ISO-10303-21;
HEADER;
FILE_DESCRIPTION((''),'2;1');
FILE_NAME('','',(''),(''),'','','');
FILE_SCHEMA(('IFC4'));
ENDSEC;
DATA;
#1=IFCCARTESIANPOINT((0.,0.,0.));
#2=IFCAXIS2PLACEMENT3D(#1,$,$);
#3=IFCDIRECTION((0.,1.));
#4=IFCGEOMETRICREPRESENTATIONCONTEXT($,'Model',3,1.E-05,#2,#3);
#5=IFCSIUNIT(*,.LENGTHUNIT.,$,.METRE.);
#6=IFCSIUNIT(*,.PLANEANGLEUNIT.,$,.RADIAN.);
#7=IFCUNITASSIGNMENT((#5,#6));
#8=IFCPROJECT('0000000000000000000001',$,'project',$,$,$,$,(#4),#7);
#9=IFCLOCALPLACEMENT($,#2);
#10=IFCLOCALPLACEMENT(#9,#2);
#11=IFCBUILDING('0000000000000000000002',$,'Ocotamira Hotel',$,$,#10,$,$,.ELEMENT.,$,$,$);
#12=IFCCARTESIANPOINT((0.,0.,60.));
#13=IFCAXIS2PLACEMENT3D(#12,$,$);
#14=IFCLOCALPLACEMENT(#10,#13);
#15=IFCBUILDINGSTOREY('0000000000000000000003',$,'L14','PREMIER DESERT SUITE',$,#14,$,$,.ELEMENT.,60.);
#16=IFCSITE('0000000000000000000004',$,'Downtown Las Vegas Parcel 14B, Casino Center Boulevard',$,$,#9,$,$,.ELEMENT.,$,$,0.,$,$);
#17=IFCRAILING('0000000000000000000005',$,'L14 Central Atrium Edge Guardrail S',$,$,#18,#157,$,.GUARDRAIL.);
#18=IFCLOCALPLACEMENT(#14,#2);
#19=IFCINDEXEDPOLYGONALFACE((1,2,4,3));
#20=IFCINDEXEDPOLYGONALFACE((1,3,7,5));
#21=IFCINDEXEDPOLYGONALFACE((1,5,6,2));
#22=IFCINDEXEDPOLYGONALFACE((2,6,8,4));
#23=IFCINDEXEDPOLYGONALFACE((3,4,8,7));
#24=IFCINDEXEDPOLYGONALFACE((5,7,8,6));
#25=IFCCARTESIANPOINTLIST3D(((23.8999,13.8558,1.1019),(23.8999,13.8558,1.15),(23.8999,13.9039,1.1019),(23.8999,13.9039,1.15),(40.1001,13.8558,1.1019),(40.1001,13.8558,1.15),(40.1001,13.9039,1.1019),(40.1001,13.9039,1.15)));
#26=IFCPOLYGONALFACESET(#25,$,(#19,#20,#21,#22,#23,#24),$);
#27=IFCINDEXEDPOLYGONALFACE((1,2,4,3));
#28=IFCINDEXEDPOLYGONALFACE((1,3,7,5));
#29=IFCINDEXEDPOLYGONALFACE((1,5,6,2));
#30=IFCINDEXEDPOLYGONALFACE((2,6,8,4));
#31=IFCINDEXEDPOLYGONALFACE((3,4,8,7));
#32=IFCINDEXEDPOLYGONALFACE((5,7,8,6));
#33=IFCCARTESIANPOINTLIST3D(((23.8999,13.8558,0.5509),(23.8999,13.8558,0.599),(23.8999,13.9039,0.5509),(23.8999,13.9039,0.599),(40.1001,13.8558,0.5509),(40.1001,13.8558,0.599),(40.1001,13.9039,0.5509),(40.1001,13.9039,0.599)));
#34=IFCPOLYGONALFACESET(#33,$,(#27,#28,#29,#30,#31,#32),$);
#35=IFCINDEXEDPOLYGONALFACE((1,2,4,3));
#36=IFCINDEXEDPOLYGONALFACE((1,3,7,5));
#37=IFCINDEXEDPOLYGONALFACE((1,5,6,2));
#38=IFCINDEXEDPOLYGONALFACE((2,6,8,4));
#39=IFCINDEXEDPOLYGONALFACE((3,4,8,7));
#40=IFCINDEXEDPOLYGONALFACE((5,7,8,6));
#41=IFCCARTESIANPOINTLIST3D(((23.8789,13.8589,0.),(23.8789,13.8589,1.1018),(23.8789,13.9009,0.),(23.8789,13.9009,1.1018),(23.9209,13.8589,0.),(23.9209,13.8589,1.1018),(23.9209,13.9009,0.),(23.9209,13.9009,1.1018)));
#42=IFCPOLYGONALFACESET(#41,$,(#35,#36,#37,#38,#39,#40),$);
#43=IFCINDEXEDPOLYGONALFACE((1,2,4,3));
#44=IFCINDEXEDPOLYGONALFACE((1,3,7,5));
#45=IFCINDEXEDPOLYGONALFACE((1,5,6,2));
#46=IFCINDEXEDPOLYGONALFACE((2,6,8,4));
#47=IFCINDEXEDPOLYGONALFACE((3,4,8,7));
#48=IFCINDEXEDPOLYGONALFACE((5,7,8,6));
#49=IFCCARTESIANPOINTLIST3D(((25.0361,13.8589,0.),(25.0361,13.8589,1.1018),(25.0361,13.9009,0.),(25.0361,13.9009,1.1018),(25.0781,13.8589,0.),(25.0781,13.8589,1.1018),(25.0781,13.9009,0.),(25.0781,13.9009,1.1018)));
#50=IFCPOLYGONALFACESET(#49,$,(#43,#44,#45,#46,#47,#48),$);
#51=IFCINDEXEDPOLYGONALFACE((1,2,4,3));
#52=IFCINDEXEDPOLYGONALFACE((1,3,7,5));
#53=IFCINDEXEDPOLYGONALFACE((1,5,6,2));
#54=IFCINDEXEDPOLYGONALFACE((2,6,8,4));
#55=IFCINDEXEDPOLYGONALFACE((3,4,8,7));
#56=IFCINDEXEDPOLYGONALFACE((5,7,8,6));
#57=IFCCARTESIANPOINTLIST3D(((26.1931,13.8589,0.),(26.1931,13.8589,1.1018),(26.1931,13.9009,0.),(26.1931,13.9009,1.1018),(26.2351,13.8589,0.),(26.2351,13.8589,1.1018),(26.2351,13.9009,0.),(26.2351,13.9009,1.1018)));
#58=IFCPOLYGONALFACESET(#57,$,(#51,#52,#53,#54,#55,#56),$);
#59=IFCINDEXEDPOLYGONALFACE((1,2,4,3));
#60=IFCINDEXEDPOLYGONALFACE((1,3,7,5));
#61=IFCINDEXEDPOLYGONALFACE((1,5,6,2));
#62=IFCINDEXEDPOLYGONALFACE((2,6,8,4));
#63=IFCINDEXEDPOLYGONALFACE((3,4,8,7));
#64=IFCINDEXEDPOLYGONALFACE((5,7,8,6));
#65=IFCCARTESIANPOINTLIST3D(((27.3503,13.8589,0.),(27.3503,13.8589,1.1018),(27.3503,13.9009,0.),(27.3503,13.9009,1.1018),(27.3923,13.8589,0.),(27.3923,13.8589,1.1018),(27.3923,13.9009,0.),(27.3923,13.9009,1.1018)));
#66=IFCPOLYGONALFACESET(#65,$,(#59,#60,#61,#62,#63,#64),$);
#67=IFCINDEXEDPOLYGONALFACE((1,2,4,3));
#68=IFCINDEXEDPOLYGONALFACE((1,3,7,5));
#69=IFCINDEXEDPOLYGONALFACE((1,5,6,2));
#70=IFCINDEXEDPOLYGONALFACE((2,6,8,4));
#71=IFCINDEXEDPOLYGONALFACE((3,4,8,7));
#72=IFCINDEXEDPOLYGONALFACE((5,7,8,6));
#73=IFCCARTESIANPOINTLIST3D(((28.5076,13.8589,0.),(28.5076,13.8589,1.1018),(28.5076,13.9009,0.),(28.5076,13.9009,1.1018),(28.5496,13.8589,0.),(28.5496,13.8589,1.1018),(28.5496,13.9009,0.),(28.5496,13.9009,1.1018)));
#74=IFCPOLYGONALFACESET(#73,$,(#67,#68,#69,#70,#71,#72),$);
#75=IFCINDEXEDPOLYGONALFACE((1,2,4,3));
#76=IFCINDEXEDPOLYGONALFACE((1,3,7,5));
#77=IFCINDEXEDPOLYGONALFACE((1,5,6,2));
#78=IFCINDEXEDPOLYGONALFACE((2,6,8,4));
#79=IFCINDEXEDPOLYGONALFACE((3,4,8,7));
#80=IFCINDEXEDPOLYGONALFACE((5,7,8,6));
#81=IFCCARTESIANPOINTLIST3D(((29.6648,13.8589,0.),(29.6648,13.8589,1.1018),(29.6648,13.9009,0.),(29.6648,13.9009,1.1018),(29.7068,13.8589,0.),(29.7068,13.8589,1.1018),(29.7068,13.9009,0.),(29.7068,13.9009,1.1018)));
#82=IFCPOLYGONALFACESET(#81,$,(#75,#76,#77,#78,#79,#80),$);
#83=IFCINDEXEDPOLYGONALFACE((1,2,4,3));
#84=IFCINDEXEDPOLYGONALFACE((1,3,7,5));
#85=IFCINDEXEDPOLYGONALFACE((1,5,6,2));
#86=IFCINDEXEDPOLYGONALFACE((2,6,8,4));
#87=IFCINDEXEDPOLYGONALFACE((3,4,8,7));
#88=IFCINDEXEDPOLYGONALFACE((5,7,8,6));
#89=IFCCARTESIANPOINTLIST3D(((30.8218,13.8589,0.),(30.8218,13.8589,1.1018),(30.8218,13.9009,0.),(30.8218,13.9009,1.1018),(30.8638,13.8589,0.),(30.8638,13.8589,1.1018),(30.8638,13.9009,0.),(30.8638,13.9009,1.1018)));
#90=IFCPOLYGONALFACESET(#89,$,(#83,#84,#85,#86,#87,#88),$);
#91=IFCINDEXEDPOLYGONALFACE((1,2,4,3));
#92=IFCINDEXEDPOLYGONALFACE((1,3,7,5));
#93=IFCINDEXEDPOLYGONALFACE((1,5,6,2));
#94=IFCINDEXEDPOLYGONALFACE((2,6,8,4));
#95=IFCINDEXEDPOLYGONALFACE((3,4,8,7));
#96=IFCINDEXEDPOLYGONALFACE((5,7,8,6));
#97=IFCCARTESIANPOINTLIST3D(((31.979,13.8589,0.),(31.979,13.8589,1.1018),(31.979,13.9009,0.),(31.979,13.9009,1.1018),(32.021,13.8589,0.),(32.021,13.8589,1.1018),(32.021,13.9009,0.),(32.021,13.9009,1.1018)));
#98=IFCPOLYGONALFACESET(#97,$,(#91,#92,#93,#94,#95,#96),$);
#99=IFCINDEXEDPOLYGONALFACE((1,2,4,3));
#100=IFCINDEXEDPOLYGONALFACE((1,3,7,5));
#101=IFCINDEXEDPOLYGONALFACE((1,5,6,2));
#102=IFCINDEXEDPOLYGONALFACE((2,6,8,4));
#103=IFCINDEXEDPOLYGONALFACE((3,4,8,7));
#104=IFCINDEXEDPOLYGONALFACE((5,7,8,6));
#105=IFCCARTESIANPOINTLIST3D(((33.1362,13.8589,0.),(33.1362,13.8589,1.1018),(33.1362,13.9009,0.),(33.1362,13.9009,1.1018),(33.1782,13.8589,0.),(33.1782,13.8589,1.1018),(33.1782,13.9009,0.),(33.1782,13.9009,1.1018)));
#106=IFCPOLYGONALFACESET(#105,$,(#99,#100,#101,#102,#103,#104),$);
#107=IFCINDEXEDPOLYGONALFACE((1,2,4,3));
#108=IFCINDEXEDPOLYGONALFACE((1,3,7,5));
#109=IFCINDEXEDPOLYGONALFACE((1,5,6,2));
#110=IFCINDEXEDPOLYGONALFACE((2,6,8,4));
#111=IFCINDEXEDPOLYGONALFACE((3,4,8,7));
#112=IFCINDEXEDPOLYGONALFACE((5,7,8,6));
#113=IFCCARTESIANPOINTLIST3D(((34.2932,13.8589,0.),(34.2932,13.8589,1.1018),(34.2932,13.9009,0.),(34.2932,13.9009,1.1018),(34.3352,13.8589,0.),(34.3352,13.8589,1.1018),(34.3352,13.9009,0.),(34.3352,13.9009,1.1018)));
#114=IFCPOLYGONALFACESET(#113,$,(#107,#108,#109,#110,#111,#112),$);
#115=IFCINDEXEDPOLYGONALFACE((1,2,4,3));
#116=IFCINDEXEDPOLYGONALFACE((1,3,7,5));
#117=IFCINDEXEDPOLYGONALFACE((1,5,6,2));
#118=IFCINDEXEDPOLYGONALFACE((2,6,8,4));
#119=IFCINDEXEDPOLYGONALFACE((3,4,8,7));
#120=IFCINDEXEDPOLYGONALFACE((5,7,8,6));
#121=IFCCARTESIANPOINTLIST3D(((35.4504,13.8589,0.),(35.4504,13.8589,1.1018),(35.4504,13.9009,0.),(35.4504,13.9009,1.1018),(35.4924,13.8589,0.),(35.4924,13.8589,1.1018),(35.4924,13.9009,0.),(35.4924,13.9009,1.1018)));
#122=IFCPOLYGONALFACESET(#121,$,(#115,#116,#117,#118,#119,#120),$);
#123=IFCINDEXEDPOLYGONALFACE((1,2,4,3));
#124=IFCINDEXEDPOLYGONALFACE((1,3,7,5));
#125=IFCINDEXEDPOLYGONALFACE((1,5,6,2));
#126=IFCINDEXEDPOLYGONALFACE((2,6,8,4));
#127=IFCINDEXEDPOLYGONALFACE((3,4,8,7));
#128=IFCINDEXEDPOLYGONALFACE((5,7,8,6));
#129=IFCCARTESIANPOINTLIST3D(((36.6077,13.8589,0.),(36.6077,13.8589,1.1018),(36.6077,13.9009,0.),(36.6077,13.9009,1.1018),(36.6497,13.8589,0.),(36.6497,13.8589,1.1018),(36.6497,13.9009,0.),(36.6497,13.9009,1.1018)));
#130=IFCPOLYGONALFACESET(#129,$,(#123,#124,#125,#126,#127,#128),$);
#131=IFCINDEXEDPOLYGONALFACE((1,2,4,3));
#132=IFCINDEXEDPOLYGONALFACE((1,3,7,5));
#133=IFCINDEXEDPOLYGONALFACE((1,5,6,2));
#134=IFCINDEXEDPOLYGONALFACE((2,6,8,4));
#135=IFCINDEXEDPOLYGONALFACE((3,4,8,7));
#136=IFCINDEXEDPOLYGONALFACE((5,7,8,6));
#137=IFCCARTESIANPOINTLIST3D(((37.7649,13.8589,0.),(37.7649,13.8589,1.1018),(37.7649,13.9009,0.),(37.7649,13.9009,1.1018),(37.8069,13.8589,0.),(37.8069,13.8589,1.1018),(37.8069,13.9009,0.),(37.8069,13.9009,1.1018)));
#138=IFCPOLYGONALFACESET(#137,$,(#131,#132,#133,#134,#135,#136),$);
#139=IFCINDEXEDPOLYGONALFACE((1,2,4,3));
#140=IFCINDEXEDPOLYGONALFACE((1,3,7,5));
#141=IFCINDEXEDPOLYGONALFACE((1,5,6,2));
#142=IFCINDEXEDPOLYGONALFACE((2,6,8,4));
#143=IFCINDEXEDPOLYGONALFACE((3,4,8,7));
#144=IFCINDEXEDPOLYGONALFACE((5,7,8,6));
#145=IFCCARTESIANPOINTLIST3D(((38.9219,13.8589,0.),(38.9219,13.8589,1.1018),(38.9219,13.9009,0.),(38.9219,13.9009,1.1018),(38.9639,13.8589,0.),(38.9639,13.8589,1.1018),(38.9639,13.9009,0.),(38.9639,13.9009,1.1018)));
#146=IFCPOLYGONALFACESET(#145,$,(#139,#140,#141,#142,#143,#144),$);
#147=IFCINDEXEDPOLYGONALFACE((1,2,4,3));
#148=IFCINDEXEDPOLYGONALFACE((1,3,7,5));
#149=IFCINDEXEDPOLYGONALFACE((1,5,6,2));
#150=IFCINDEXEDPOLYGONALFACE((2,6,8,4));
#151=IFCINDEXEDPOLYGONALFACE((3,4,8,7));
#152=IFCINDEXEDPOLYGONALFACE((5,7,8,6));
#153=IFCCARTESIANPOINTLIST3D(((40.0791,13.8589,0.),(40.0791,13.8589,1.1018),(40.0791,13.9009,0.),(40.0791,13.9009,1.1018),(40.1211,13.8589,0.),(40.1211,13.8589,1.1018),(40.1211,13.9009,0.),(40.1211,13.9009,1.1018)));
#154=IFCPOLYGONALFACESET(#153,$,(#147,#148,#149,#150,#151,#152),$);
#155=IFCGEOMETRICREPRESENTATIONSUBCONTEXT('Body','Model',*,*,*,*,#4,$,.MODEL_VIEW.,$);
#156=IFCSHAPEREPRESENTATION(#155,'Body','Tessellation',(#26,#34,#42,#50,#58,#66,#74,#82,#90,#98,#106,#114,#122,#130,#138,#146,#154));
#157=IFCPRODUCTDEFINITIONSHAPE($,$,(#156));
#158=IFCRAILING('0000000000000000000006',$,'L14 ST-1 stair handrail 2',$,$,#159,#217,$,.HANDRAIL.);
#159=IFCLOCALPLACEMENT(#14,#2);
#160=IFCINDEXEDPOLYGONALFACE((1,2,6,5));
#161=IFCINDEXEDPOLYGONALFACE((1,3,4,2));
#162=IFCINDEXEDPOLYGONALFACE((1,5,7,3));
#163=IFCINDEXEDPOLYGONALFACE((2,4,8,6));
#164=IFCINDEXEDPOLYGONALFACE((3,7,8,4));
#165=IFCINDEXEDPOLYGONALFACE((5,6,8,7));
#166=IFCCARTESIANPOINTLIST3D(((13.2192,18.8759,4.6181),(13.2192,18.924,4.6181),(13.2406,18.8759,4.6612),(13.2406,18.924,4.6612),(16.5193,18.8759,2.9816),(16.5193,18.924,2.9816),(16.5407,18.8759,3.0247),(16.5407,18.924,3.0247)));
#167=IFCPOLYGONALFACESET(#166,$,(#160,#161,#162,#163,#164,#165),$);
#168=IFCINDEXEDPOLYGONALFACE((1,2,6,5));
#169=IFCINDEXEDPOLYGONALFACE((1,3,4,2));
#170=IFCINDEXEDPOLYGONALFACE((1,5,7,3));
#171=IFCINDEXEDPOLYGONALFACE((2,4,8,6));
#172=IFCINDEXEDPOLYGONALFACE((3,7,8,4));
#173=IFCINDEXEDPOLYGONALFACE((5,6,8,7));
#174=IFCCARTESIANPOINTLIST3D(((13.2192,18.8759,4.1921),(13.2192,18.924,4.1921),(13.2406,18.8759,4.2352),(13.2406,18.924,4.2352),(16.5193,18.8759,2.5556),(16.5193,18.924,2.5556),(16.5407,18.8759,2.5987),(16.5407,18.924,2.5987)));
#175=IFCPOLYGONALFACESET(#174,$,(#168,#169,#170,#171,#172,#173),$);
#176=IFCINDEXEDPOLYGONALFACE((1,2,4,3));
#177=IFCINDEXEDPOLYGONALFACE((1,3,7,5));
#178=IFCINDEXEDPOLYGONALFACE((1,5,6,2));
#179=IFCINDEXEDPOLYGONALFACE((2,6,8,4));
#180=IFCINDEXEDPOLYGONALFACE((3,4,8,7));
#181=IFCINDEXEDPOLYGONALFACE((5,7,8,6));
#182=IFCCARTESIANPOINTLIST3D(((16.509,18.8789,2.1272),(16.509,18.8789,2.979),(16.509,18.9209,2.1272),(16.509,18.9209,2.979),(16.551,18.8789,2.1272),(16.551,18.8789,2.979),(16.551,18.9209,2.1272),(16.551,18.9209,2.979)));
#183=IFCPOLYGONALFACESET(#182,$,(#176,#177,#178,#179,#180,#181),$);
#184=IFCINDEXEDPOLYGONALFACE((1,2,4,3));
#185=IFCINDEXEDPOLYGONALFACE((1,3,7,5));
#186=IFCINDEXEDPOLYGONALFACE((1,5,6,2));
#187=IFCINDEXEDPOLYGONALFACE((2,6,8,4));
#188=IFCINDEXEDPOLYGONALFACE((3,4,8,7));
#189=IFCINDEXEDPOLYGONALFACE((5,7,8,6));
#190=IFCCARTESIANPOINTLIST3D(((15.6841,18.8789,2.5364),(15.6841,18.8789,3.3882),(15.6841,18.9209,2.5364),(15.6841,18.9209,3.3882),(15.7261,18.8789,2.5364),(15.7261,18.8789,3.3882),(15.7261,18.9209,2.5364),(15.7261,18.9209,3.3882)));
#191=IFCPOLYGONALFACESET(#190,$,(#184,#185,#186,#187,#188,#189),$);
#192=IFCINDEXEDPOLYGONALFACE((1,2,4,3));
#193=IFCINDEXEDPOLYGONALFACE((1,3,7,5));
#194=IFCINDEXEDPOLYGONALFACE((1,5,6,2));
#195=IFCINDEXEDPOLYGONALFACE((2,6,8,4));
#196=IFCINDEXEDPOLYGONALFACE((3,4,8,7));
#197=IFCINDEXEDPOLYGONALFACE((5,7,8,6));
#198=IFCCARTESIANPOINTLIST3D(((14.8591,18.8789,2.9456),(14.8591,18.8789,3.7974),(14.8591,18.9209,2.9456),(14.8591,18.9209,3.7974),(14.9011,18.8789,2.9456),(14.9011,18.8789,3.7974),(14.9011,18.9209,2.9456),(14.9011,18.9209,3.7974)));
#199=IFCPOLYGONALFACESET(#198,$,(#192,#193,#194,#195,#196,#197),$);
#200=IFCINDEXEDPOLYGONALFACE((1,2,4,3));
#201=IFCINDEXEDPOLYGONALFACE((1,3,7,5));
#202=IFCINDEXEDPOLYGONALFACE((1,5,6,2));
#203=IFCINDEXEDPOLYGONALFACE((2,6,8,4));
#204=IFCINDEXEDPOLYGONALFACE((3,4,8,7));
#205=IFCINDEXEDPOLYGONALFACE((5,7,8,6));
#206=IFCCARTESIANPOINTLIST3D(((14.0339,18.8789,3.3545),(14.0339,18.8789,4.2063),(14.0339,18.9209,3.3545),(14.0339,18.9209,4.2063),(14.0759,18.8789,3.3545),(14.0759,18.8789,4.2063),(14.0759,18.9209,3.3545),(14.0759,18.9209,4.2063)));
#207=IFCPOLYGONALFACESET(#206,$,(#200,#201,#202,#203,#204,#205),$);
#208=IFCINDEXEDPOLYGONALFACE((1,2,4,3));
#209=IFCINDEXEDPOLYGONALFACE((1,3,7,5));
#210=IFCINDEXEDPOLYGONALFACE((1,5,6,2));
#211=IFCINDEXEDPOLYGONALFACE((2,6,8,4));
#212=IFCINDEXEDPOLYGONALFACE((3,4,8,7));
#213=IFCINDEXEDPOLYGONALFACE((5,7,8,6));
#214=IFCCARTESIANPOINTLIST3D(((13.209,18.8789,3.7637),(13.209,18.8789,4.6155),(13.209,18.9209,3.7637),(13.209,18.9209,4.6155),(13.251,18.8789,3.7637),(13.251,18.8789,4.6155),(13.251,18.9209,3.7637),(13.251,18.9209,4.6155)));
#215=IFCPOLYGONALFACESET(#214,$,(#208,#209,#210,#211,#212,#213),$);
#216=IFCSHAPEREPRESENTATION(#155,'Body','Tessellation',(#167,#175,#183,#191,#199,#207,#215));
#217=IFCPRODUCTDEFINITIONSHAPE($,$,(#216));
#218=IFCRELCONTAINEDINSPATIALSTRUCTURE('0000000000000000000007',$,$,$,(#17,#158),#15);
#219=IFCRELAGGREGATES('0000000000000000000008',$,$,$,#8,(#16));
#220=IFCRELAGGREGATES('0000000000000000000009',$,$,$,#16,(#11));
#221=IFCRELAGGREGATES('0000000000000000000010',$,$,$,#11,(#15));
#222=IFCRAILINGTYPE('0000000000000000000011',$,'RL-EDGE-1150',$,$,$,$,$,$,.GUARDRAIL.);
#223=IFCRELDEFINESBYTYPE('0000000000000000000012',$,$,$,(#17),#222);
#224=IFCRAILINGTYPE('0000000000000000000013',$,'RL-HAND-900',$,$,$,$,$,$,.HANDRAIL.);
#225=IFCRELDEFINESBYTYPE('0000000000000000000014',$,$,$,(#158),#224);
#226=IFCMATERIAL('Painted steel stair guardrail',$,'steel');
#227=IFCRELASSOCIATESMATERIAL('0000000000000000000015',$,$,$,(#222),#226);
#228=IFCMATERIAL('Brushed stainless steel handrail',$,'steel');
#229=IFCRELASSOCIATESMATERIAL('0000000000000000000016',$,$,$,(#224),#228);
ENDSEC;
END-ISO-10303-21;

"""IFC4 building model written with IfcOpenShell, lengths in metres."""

from ifc_helpers import new_model, si_unit, direction, frame, origin, origin_2d, place, context, subcontext, project, spatial, rectangle, extrude, material, type_object, element, save


model = new_model("IFC4")

# Units and contexts
model_context = context("Model", 3, precision=1e-05, world=origin(), true_north=direction((0.0, 1.0)))
body_context = subcontext(model_context, "Body", "Model", "MODEL_VIEW")
ifc_project = project(units=[si_unit("LENGTHUNIT", "METRE"), si_unit("PLANEANGLEUNIT", "RADIAN")], contexts=[model_context])

# Site, building, storey
site_placement = place(None, origin())
site = spatial("IfcSite", under=ifc_project, at=site_placement, Name="Downtown Las Vegas Parcel 14B, Casino Center Boulevard", CompositionType="ELEMENT", RefElevation=0.0)
building_placement = place(site_placement, origin())
building = spatial("IfcBuilding", under=site, at=building_placement, Name="Ocotamira Hotel", CompositionType="ELEMENT")
storey_placement = place(building_placement, frame((0.0, 0.0, 60.0)))
storey = spatial("IfcBuildingStorey", under=building, at=storey_placement, Name="L14", Description="PREMIER DESERT SUITE", CompositionType="ELEMENT", Elevation=60.0)

# Railings
ifc_material_1 = material(Name="Painted steel stair guardrail", Category="steel")
railing_type_1 = type_object("IfcRailingType", Name="RL-EDGE-1150", PredefinedType="GUARDRAIL", material=ifc_material_1)
railing_1_placement = place(storey_placement, frame((23.8999, 13.8799, 0.0)))
element("IfcRailing", 1, at=railing_1_placement, inside=storey, type_object=railing_type_1, Name="L14 Central Atrium Edge Guardrail S", PredefinedType="GUARDRAIL", context=body_context, shape_type="SweptSolid", body=[
    extrude(rectangle(XDim=0.0481, YDim=0.0481, at=origin_2d()), frame((0.0, 0.0, 1.126), z_axis=(1.0, 0.0, 0.0), x_axis=(0.0, 1.0, 0.0)), (0.0, 0.0, 1.0), 16.2002),
    extrude(rectangle(XDim=0.0481, YDim=0.0481, at=origin_2d()), frame((0.0, 0.0, 0.575), z_axis=(1.0, 0.0, 0.0), x_axis=(0.0, 1.0, 0.0)), (0.0, 0.0, 1.0), 16.2002),
    extrude(rectangle(XDim=0.042, YDim=0.042, at=origin_2d()), origin(), (0.0, 0.0, 1.0), 1.1018),
    extrude(rectangle(XDim=0.042, YDim=0.042, at=origin_2d()), frame((1.1572, 0.0, 0.0)), (0.0, 0.0, 1.0), 1.1018),
    extrude(rectangle(XDim=0.042, YDim=0.042, at=origin_2d()), frame((2.3142, 0.0, 0.0)), (0.0, 0.0, 1.0), 1.1018),
    extrude(rectangle(XDim=0.042, YDim=0.042, at=origin_2d()), frame((3.4714, 0.0, 0.0)), (0.0, 0.0, 1.0), 1.1018),
    extrude(rectangle(XDim=0.042, YDim=0.042, at=origin_2d()), frame((4.6287, 0.0, 0.0)), (0.0, 0.0, 1.0), 1.1018),
    extrude(rectangle(XDim=0.042, YDim=0.042, at=origin_2d()), frame((5.7859, 0.0, 0.0)), (0.0, 0.0, 1.0), 1.1018),
    extrude(rectangle(XDim=0.042, YDim=0.042, at=origin_2d()), frame((6.9429, 0.0, 0.0)), (0.0, 0.0, 1.0), 1.1018),
    extrude(rectangle(XDim=0.042, YDim=0.042, at=origin_2d()), frame((8.1001, 0.0, 0.0)), (0.0, 0.0, 1.0), 1.1018),
    extrude(rectangle(XDim=0.042, YDim=0.042, at=origin_2d()), frame((9.2573, 0.0, 0.0)), (0.0, 0.0, 1.0), 1.1018),
    extrude(rectangle(XDim=0.042, YDim=0.042, at=origin_2d()), frame((10.4143, 0.0, 0.0)), (0.0, 0.0, 1.0), 1.1018),
    extrude(rectangle(XDim=0.042, YDim=0.042, at=origin_2d()), frame((11.5715, 0.0, 0.0)), (0.0, 0.0, 1.0), 1.1018),
    extrude(rectangle(XDim=0.042, YDim=0.042, at=origin_2d()), frame((12.7288, 0.0, 0.0)), (0.0, 0.0, 1.0), 1.1018),
    extrude(rectangle(XDim=0.042, YDim=0.042, at=origin_2d()), frame((13.886, 0.0, 0.0)), (0.0, 0.0, 1.0), 1.1018),
    extrude(rectangle(XDim=0.042, YDim=0.042, at=origin_2d()), frame((15.043, 0.0, 0.0)), (0.0, 0.0, 1.0), 1.1018),
    extrude(rectangle(XDim=0.042, YDim=0.042, at=origin_2d()), frame((16.2002, 0.0, 0.0)), (0.0, 0.0, 1.0), 1.1018),
])
ifc_material_2 = material(Name="Brushed stainless steel handrail", Category="steel")
railing_type_2 = type_object("IfcRailingType", Name="RL-HAND-900", PredefinedType="HANDRAIL", material=ifc_material_2)
railing_2_placement = place(storey_placement, frame((16.53, 18.8999, 2.1272)))
element("IfcRailing", 2, at=railing_2_placement, inside=storey, type_object=railing_type_2, Name="L14 ST-1 stair handrail 2", PredefinedType="HANDRAIL", context=body_context, shape_type="SweptSolid", body=[
    extrude(rectangle(XDim=0.0481, YDim=0.0481, at=origin_2d()), frame((0.0, 0.0, 0.876), z_axis=(-0.895894, 0.0, 0.444268), x_axis=(0.0, -1.0, 0.0)), (0.0, 0.0, 1.0), 3.6836),
    extrude(rectangle(XDim=0.0481, YDim=0.0481, at=origin_2d()), frame((0.0, 0.0, 0.45), z_axis=(-0.895894, 0.0, 0.444268), x_axis=(0.0, -1.0, 0.0)), (0.0, 0.0, 1.0), 3.6836),
    extrude(rectangle(XDim=0.042, YDim=0.042, at=origin_2d()), origin(), (0.0, 0.0, 1.0), 0.8518),
    extrude(rectangle(XDim=0.042, YDim=0.042, at=origin_2d()), frame((-0.825, 0.0, 0.4092)), (0.0, 0.0, 1.0), 0.8518),
    extrude(rectangle(XDim=0.042, YDim=0.042, at=origin_2d()), frame((-1.6499, 0.0, 0.8184)), (0.0, 0.0, 1.0), 0.8518),
    extrude(rectangle(XDim=0.042, YDim=0.042, at=origin_2d()), frame((-2.4751, 0.0, 1.2273)), (0.0, 0.0, 1.0), 0.8518),
    extrude(rectangle(XDim=0.042, YDim=0.042, at=origin_2d()), frame((-3.3, 0.0, 1.6365)), (0.0, 0.0, 1.0), 0.8518),
])

save(model, "model.ifc")
